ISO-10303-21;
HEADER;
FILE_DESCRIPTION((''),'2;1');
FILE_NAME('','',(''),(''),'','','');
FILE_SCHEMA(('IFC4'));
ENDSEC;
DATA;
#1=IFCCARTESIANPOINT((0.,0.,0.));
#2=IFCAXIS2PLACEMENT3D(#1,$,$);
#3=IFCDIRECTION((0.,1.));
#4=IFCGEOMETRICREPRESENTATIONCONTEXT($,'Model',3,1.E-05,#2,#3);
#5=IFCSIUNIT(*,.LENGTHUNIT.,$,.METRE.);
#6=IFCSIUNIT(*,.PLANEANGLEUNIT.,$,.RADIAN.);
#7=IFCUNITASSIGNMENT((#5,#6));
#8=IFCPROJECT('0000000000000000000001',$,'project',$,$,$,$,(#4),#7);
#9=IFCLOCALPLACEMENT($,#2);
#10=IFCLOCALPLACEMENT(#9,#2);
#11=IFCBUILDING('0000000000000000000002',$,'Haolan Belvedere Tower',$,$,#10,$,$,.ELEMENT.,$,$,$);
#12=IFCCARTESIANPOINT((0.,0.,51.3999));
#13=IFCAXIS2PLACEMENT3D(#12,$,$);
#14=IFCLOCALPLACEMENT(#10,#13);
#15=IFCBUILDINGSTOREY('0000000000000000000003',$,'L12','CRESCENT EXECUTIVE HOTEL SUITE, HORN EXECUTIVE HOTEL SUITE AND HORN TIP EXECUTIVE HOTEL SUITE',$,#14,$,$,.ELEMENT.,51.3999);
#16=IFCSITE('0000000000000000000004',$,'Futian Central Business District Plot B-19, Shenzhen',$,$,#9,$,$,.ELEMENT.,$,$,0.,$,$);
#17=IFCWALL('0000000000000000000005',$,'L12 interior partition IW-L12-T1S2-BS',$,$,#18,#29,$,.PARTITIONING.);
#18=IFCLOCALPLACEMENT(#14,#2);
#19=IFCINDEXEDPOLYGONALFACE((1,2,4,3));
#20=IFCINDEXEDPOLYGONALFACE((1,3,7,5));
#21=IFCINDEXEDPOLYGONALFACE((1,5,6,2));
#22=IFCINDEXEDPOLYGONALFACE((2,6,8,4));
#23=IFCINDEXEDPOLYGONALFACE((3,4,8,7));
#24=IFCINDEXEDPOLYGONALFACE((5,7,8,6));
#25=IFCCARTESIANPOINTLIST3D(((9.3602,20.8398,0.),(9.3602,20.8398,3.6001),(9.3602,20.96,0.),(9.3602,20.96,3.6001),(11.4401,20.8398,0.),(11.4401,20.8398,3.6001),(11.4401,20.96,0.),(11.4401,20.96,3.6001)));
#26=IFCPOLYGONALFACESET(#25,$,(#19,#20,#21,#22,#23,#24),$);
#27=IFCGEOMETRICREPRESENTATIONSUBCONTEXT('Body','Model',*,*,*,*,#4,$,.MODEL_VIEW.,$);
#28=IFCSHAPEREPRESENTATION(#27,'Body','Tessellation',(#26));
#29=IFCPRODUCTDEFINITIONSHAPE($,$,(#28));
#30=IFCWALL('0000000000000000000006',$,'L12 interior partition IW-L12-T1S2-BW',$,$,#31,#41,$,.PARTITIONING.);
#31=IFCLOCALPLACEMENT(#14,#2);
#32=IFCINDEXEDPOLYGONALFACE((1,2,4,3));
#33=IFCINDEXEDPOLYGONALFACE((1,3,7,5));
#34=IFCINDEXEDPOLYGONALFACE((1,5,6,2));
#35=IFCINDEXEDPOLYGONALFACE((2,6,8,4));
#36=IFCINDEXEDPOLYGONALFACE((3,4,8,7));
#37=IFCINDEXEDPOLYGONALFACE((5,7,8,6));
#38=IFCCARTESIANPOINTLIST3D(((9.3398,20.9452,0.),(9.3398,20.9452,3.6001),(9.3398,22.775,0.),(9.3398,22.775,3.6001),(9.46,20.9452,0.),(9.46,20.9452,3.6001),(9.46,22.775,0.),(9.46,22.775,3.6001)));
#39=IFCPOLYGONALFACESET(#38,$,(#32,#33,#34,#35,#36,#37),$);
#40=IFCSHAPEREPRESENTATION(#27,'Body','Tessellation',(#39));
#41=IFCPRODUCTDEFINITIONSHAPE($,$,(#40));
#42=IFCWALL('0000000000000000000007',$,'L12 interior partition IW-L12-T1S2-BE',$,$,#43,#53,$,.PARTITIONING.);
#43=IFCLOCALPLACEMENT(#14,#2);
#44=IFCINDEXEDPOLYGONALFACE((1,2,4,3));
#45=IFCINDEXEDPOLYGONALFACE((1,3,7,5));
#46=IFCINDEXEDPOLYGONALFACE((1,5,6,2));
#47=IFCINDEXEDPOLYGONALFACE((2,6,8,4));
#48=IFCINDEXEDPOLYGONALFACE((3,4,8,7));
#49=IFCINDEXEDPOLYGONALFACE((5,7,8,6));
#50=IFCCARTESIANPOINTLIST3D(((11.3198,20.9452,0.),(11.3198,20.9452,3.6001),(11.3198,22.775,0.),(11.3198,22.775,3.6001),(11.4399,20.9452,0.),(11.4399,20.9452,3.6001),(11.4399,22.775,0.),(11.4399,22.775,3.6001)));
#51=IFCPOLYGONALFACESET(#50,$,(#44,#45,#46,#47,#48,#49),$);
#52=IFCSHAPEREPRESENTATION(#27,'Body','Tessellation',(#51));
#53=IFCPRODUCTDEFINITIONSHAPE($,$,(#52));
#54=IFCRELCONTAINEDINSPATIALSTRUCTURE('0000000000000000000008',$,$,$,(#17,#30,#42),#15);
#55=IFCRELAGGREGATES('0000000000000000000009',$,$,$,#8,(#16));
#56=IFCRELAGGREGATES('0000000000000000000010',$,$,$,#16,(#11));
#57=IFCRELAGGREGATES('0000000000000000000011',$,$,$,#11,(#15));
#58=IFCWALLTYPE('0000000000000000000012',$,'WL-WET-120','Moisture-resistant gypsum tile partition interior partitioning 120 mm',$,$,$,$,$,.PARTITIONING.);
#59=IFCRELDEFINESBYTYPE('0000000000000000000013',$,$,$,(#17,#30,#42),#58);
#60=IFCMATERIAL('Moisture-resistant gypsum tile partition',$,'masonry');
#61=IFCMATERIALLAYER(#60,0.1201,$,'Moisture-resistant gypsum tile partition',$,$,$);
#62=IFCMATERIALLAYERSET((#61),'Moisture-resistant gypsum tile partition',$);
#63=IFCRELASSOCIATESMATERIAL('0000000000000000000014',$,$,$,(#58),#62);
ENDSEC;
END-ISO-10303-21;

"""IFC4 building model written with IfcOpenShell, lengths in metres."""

from ifc_helpers import new_model, si_unit, direction, frame, frame_2d, origin, place, context, subcontext, project, spatial, rectangle, extrude, material, layer, layer_set, type_object, element, save


model = new_model("IFC4")

# Units and contexts
model_context = context("Model", 3, precision=1e-05, world=origin(), true_north=direction((0.0, 1.0)))
body_context = subcontext(model_context, "Body", "Model", "MODEL_VIEW")
ifc_project = project(units=[si_unit("LENGTHUNIT", "METRE"), si_unit("PLANEANGLEUNIT", "RADIAN")], contexts=[model_context])

# Site, building, storey
site_placement = place(None, origin())
site = spatial("IfcSite", under=ifc_project, at=site_placement, Name="Futian Central Business District Plot B-19, Shenzhen", CompositionType="ELEMENT", RefElevation=0.0)
building_placement = place(site_placement, origin())
building = spatial("IfcBuilding", under=site, at=building_placement, Name="Haolan Belvedere Tower", CompositionType="ELEMENT")
storey_placement = place(building_placement, frame((0.0, 0.0, 51.3999)))
storey = spatial("IfcBuildingStorey", under=building, at=storey_placement, Name="L12", Description="CRESCENT EXECUTIVE HOTEL SUITE, HORN EXECUTIVE HOTEL SUITE AND HORN TIP EXECUTIVE HOTEL SUITE", CompositionType="ELEMENT", Elevation=51.3999)

# Shared definitions
ifc_material_1 = material(Name="Moisture-resistant gypsum tile partition", Category="masonry")
ifc_layer_1 = layer(ifc_material_1, 0.1201, Name="Moisture-resistant gypsum tile partition")
ifc_layer_set_1 = layer_set([ifc_layer_1], Name="Moisture-resistant gypsum tile partition")
wall_type_1 = type_object("IfcWallType", Name="WL-WET-120", Description="Moisture-resistant gypsum tile partition interior partitioning 120 mm", PredefinedType="PARTITIONING", material=ifc_layer_set_1)

# Walls
wall_1_placement = place(storey_placement, frame((9.3601, 20.8999, 0.0), z_axis=(0.0, 0.0, 1.0), x_axis=(1.0, 0.0, 0.0)))
element("IfcWall", 1, at=wall_1_placement, inside=storey, type_object=wall_type_1, Name="L12 interior partition IW-L12-T1S2-BS", PredefinedType="PARTITIONING", context=body_context, shape_type="SweptSolid", body=[
    extrude(rectangle(XDim=2.0798, YDim=0.1201, at=frame_2d((1.04, 0.0))), origin(), (0.0, 0.0, 1.0), 3.6001),
])
for number, where, z_axis, x_axis, name in (
    (2, (9.3999, 20.9451, 0.0), (0.0, 0.0, 1.0), (0.0, 1.0, 0.0), "L12 interior partition IW-L12-T1S2-BW"),
    (3, (11.3799, 20.9451, 0.0), (0.0, 0.0, 1.0), (0.0, 1.0, 0.0), "L12 interior partition IW-L12-T1S2-BE"),
):
    element("IfcWall", number, at=place(storey_placement, frame(where, z_axis=z_axis, x_axis=x_axis)), inside=storey, type_object=wall_type_1, Name=name, PredefinedType="PARTITIONING", context=body_context, shape_type="SweptSolid", body=[
        extrude(rectangle(XDim=1.8298, YDim=0.1201, at=frame_2d((0.915, 0.0))), origin(), (0.0, 0.0, 1.0), 3.6001),
    ])

save(model, "model.ifc")
